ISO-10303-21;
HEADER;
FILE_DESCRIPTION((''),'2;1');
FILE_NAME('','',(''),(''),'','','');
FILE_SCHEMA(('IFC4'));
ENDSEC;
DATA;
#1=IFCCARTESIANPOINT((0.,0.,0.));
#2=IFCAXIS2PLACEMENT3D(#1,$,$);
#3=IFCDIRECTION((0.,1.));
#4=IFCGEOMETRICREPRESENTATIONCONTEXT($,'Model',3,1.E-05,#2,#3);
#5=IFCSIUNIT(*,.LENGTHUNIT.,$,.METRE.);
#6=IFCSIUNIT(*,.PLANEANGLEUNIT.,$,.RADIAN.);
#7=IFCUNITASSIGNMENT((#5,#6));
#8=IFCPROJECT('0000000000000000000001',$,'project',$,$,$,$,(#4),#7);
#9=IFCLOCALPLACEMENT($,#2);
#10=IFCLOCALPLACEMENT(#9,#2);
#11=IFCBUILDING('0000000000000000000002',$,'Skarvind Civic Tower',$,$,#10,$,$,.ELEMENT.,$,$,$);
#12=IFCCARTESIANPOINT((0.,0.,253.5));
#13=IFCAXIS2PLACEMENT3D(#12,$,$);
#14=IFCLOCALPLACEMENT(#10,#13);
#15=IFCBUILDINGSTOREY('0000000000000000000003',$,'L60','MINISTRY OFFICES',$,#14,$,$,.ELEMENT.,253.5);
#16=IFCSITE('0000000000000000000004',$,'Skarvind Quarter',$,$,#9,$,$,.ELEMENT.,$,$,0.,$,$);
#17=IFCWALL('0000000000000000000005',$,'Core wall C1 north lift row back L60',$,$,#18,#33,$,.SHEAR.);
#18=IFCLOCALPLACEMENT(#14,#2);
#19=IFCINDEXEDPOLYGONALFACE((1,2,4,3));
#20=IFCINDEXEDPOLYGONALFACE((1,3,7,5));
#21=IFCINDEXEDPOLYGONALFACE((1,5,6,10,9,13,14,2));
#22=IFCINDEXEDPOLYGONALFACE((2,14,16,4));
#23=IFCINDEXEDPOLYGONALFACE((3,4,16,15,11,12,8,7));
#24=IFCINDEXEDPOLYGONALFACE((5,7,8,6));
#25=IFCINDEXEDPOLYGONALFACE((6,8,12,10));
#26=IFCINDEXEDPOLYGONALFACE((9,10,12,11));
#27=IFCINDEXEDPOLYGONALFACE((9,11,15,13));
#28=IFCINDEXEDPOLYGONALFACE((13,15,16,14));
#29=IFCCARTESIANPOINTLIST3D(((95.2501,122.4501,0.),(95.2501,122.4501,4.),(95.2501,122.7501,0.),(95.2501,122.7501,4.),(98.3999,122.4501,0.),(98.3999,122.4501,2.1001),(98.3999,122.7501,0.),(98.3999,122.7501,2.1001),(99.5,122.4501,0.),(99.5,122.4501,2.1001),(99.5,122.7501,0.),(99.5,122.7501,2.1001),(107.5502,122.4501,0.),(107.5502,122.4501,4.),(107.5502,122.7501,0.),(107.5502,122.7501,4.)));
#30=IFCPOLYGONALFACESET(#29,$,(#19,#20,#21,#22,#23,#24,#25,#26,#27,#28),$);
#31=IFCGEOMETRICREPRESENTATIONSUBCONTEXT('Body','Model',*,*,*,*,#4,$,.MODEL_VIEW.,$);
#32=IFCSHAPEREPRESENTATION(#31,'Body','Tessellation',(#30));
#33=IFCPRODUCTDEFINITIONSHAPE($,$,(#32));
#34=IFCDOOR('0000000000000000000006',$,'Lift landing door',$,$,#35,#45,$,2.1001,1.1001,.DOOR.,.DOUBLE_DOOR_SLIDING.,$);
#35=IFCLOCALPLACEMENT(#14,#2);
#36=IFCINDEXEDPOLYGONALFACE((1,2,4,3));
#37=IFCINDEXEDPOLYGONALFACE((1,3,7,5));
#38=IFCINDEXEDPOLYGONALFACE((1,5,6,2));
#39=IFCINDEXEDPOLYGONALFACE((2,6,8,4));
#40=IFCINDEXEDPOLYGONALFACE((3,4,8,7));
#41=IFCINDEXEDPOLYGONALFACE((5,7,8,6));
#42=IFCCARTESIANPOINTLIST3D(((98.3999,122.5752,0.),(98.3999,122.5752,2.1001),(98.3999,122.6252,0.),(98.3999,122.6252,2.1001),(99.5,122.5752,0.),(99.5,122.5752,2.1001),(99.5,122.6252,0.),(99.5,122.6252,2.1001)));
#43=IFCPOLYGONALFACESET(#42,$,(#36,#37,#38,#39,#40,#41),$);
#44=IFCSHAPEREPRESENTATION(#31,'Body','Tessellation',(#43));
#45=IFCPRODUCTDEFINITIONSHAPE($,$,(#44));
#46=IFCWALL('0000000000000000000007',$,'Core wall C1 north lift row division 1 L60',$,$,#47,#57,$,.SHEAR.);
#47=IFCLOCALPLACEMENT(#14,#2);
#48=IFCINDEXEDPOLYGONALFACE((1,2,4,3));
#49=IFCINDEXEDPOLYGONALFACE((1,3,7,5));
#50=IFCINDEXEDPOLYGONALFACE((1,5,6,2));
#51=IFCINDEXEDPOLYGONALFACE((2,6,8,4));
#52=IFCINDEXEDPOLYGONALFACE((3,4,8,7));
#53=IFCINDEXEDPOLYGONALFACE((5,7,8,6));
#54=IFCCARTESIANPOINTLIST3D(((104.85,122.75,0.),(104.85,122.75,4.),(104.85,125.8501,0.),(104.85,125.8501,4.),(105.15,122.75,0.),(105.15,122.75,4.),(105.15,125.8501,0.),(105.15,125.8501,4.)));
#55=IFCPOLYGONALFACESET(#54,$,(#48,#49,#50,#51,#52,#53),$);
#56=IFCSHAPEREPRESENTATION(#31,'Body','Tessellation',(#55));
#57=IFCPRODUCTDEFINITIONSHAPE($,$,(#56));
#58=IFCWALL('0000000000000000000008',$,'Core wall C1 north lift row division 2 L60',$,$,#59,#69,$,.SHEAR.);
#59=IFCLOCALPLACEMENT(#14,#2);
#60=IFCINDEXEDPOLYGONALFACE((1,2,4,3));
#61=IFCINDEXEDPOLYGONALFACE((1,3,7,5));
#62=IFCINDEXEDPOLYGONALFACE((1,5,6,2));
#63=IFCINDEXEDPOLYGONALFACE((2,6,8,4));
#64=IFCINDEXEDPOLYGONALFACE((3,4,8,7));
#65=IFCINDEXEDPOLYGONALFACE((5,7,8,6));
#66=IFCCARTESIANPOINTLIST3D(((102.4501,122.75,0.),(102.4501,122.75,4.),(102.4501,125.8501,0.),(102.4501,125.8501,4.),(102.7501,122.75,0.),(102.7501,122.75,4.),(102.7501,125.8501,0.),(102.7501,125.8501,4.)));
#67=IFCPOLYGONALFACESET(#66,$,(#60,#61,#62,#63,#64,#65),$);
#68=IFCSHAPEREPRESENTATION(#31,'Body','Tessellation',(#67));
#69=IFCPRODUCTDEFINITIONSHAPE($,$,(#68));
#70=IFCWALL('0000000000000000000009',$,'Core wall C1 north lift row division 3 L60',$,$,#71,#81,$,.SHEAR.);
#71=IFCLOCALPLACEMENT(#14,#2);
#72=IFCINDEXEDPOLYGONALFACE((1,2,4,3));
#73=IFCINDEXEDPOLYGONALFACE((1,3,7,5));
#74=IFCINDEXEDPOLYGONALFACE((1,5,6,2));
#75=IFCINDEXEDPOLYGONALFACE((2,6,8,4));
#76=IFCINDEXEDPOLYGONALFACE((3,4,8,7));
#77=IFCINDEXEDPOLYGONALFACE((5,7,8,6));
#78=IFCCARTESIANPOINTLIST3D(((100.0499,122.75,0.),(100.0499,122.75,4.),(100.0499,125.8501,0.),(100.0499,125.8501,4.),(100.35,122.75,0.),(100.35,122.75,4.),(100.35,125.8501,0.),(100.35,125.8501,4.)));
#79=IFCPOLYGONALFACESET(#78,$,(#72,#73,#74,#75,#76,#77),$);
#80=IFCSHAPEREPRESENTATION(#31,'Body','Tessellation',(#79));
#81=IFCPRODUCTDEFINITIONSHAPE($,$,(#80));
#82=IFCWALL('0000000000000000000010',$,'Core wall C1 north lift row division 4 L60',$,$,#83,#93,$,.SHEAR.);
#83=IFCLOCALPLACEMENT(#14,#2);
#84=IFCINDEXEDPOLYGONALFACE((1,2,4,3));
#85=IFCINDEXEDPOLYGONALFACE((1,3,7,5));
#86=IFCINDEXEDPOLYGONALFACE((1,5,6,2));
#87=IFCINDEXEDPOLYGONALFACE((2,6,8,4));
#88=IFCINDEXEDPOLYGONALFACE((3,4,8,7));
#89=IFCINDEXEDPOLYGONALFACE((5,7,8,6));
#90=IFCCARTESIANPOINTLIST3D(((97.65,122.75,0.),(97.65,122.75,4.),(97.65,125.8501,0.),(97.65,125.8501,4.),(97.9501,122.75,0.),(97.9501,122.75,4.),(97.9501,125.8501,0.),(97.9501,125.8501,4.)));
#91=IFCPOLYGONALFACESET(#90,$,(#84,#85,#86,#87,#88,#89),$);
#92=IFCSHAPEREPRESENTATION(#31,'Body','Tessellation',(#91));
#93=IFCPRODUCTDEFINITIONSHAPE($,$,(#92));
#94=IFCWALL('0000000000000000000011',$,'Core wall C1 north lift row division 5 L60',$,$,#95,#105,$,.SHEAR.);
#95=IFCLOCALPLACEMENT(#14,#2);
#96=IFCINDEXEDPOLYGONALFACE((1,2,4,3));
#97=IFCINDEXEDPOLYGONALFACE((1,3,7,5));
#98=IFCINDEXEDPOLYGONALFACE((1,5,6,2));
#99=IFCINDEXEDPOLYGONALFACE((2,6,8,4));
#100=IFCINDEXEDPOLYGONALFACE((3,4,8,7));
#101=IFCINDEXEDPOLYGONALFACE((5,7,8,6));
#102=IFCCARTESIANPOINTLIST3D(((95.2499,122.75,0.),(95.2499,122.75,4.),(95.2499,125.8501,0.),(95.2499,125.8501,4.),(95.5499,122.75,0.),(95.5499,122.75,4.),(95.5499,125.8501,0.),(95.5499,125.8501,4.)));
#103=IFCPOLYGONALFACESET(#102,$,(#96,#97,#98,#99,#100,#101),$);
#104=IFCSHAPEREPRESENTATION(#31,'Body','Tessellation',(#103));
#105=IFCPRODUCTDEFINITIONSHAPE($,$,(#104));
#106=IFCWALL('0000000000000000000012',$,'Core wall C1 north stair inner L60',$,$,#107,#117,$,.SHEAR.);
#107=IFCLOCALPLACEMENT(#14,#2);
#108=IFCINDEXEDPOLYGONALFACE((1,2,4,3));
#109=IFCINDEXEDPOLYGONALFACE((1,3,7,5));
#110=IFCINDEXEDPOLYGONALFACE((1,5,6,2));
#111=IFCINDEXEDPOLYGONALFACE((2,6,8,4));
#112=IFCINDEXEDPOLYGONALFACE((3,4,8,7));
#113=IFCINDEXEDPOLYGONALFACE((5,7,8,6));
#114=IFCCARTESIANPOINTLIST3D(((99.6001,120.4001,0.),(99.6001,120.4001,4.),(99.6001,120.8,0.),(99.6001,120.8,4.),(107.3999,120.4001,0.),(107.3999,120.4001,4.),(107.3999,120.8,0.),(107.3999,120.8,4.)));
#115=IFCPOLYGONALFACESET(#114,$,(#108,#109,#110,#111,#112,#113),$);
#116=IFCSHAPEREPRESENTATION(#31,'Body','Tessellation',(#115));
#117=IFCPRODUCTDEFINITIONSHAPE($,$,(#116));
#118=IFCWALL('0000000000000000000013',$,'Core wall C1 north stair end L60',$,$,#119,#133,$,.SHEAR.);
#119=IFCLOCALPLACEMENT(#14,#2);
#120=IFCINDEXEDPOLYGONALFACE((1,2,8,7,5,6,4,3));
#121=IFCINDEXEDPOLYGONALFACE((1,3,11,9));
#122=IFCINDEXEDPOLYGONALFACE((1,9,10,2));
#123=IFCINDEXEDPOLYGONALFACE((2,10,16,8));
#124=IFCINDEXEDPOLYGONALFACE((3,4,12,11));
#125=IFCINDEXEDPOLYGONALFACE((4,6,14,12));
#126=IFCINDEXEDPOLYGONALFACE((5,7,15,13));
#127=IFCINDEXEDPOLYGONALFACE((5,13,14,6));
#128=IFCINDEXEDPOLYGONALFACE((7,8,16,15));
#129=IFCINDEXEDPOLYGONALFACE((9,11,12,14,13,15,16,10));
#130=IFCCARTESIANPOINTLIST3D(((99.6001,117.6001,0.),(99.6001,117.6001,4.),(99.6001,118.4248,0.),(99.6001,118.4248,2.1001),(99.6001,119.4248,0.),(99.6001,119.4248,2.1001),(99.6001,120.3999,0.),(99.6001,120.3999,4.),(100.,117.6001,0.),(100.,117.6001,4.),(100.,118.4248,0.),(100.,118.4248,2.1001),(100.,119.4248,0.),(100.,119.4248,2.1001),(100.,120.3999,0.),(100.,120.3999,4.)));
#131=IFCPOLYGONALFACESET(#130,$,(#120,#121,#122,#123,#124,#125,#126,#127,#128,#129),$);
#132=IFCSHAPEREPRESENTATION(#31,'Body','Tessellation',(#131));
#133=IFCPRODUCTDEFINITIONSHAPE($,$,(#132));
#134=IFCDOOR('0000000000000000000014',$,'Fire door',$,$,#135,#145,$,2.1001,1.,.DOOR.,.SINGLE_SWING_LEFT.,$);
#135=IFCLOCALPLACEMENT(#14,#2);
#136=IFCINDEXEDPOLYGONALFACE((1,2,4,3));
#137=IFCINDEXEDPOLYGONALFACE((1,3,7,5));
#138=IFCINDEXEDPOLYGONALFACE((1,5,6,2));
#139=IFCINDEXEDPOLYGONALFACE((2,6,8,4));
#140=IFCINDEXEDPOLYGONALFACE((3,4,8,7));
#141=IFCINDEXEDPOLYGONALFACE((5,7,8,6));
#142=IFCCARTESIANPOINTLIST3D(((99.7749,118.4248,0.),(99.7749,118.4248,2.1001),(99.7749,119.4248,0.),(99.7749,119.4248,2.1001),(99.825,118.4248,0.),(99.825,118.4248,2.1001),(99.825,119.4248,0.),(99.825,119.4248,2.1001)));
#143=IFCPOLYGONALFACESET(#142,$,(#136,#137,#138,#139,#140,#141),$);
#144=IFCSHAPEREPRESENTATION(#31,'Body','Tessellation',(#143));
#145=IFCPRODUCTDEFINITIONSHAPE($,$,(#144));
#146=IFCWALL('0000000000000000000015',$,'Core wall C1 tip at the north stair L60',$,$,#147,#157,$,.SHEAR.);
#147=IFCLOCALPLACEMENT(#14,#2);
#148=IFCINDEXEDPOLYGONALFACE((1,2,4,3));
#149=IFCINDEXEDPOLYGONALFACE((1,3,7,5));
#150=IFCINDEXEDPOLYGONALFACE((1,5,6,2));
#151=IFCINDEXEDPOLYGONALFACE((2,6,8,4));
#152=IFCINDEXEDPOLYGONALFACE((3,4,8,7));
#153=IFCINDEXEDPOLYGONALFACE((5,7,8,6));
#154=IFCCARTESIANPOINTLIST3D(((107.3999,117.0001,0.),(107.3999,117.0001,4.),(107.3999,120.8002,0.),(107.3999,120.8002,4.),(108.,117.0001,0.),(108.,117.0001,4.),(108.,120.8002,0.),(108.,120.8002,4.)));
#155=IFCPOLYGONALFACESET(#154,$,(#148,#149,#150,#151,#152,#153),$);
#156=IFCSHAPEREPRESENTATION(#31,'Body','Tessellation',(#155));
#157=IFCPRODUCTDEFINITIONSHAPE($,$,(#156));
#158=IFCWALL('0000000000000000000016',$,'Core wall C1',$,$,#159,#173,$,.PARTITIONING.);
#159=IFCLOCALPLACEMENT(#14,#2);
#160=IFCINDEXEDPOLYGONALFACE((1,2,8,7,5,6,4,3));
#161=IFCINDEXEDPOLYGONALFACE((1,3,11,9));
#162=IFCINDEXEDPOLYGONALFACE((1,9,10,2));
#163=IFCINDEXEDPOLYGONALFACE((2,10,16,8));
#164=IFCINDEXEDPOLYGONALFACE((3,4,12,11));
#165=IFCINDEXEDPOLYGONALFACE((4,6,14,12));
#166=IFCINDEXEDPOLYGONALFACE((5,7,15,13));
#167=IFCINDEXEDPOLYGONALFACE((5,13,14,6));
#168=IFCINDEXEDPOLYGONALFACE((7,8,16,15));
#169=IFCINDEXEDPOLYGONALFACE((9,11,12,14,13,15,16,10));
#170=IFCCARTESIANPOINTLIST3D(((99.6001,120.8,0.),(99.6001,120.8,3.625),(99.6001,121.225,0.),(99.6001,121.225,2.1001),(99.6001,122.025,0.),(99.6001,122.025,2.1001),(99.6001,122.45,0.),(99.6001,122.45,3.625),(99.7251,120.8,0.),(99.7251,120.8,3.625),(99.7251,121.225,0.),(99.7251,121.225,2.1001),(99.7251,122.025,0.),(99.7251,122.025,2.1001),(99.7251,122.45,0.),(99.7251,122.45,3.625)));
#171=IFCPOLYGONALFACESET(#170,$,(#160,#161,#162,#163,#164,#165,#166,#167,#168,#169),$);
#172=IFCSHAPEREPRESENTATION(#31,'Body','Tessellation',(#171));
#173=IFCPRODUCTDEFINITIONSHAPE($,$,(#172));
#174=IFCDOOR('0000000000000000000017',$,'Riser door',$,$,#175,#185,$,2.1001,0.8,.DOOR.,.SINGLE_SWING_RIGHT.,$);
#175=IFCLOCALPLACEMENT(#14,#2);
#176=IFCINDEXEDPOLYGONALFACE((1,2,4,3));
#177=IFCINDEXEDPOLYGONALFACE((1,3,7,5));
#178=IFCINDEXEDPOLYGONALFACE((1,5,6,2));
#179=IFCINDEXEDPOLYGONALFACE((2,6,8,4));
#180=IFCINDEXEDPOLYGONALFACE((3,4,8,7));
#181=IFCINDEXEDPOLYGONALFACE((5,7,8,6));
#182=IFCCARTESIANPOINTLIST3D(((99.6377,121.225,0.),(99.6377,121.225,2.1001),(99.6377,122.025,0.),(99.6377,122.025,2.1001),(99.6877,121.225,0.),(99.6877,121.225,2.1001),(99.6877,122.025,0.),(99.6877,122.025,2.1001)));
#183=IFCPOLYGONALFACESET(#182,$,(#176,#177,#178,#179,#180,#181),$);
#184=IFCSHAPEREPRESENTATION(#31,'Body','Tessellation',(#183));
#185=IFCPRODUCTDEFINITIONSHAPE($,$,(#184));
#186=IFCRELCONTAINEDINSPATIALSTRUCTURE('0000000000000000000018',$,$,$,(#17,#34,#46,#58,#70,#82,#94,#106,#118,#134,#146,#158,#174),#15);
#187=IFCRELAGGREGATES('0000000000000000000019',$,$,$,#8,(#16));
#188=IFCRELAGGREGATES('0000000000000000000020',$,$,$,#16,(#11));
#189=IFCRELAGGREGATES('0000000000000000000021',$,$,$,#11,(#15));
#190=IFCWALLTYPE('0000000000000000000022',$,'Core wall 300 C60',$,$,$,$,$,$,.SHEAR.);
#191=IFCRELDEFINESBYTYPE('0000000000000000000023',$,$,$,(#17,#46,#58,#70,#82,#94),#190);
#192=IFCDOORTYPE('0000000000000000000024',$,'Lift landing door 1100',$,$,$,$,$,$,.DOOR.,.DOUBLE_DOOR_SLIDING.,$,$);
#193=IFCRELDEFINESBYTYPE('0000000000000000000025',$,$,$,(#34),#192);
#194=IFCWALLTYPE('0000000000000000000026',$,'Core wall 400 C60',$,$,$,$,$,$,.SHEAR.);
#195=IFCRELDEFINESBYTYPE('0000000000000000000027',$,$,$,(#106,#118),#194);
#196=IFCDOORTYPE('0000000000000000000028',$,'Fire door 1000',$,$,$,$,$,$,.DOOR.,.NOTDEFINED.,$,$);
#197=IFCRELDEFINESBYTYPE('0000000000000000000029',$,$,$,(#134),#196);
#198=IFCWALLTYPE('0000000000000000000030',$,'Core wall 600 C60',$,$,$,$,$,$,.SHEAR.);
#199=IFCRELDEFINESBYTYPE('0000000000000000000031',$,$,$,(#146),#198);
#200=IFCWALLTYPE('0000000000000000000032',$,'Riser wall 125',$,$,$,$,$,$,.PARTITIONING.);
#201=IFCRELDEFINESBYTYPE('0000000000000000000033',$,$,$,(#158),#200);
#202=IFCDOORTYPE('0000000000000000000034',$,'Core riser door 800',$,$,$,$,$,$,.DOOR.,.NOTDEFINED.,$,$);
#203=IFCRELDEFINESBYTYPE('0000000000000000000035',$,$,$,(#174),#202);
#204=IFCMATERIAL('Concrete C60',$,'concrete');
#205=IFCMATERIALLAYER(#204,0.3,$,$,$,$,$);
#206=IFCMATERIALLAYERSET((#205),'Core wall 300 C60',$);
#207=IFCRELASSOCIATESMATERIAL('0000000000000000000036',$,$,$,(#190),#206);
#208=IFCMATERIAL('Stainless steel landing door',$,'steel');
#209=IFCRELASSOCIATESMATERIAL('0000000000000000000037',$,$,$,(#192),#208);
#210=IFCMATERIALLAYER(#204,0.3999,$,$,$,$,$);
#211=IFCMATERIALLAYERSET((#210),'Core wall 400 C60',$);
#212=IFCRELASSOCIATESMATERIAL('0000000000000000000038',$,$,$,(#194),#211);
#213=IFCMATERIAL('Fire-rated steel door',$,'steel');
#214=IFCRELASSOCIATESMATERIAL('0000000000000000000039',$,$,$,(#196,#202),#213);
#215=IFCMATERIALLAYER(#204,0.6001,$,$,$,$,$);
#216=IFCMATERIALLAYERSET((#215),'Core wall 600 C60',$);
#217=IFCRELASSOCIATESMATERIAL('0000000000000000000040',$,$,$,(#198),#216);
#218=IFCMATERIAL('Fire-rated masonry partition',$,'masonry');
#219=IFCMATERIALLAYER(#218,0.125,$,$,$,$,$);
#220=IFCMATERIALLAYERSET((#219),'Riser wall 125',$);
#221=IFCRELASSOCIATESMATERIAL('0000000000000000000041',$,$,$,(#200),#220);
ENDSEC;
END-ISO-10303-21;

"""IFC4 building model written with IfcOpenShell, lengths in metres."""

from ifc_helpers import new_model, si_unit, direction, frame, frame_2d, origin, place, context, subcontext, project, spatial, rectangle, extrude, material, layer, layer_set, type_object, element, fill, save


model = new_model("IFC4")

# Units and contexts
model_context = context("Model", 3, precision=1e-05, world=origin(), true_north=direction((0.0, 1.0)))
body_context = subcontext(model_context, "Body", "Model", "MODEL_VIEW")
ifc_project = project(units=[si_unit("LENGTHUNIT", "METRE"), si_unit("PLANEANGLEUNIT", "RADIAN")], contexts=[model_context])

# Site, building, storey
site_placement = place(None, origin())
site = spatial("IfcSite", under=ifc_project, at=site_placement, Name="Skarvind Quarter", CompositionType="ELEMENT", RefElevation=0.0)
building_placement = place(site_placement, origin())
building = spatial("IfcBuilding", under=site, at=building_placement, Name="Skarvind Civic Tower", CompositionType="ELEMENT")
storey_placement = place(building_placement, frame((0.0, 0.0, 253.5)))
storey = spatial("IfcBuildingStorey", under=building, at=storey_placement, Name="L60", Description="MINISTRY OFFICES", CompositionType="ELEMENT", Elevation=253.5)

# Shared definitions
ifc_material_1 = material(Name="Concrete C60", Category="concrete")

# Shared definitions
ifc_material_2 = material(Name="Fire-rated masonry partition", Category="masonry")
ifc_material_3 = material(Name="Fire-rated steel door", Category="steel")

# Shared definitions
ifc_layer_1 = layer(ifc_material_1, 0.3)
ifc_layer_set_1 = layer_set([ifc_layer_1], Name="Core wall 300 C60")
wall_type_1 = type_object("IfcWallType", Name="Core wall 300 C60", PredefinedType="SHEAR", material=ifc_layer_set_1)
ifc_material_4 = material(Name="Stainless steel landing door", Category="steel")
door_type_1 = type_object("IfcDoorType", Name="Lift landing door 1100", OperationType="DOUBLE_DOOR_SLIDING", PredefinedType="DOOR", material=ifc_material_4)

# Wall, opening, door
wall_1_placement = place(storey_placement, frame((107.55, 122.6001, 0.0), z_axis=(0.0, 0.0, 1.0), x_axis=(-1.0, 0.0, 0.0)))
wall_1 = element("IfcWall", 1, at=wall_1_placement, inside=storey, type_object=wall_type_1, Name="Core wall C1 north lift row back L60", PredefinedType="SHEAR", context=body_context, shape_type="SweptSolid", body=[
    extrude(rectangle(XDim=12.3, YDim=0.3, at=frame_2d((6.1499, 0.0))), origin(), (0.0, 0.0, 1.0), 4.0),
])
opening_1_placement = place(wall_1_placement, frame((8.05, 0.0, 0.0)))
opening_1 = element("IfcOpeningElement", 2, at=opening_1_placement, cuts=wall_1, PredefinedType="OPENING", context=body_context, shape_type="SweptSolid", body=[
    extrude(rectangle(XDim=1.1001, YDim=2.1001, at=frame_2d((0.55, 1.05))), frame((0.0, 0.1599, 0.0), z_axis=(0.0, -1.0, 0.0), x_axis=(1.0, 0.0, 0.0)), (0.0, 0.0, 1.0), 0.3201),
])
door_1_placement = place(opening_1_placement, origin())
door_1 = element("IfcDoor", 3, at=door_1_placement, inside=storey, type_object=door_type_1, Name="Lift landing door", OperationType="DOUBLE_DOOR_SLIDING", OverallHeight=2.1001, OverallWidth=1.1001, PredefinedType="DOOR", context=body_context, shape_type="SweptSolid", body=[
    extrude(rectangle(XDim=1.1001, YDim=2.1001, at=frame_2d((0.55, 1.05))), frame((0.0, 0.0249, 0.0), z_axis=(0.0, -1.0, 0.0), x_axis=(1.0, 0.0, 0.0)), (0.0, 0.0, 1.0), 0.05),
])
fill(opening_1, door_1)

# Walls
for number, where, z_axis, x_axis, name in (
    (4, (105.0, 125.8501, 0.0), (0.0, 0.0, 1.0), (0.0, -1.0, 0.0), "Core wall C1 north lift row division 1 L60"),
    (5, (102.6001, 125.8501, 0.0), (0.0, 0.0, 1.0), (0.0, -1.0, 0.0), "Core wall C1 north lift row division 2 L60"),
    (6, (100.2, 125.8501, 0.0), (0.0, 0.0, 1.0), (0.0, -1.0, 0.0), "Core wall C1 north lift row division 3 L60"),
    (7, (97.8, 125.8501, 0.0), (0.0, 0.0, 1.0), (0.0, -1.0, 0.0), "Core wall C1 north lift row division 4 L60"),
    (8, (95.3999, 125.8501, 0.0), (0.0, 0.0, 1.0), (0.0, -1.0, 0.0), "Core wall C1 north lift row division 5 L60"),
):
    element("IfcWall", number, at=place(storey_placement, frame(where, z_axis=z_axis, x_axis=x_axis)), inside=storey, type_object=wall_type_1, Name=name, PredefinedType="SHEAR", context=body_context, shape_type="SweptSolid", body=[
        extrude(rectangle(XDim=3.1001, YDim=0.3, at=frame_2d((1.55, 0.0))), origin(), (0.0, 0.0, 1.0), 4.0),
    ])
ifc_layer_2 = layer(ifc_material_1, 0.3999)
ifc_layer_set_2 = layer_set([ifc_layer_2], Name="Core wall 400 C60")
wall_type_2 = type_object("IfcWallType", Name="Core wall 400 C60", PredefinedType="SHEAR", material=ifc_layer_set_2)
wall_2_placement = place(storey_placement, frame((107.3999, 120.6001, 0.0), z_axis=(0.0, 0.0, 1.0), x_axis=(-1.0, 0.0, 0.0)))
element("IfcWall", 9, at=wall_2_placement, inside=storey, type_object=wall_type_2, Name="Core wall C1 north stair inner L60", PredefinedType="SHEAR", context=body_context, shape_type="SweptSolid", body=[
    extrude(rectangle(XDim=7.7998, YDim=0.3999, at=frame_2d((3.8999, 0.0))), origin(), (0.0, 0.0, 1.0), 4.0),
])

# Wall, opening, door
wall_3_placement = place(storey_placement, frame((99.8, 120.3999, 0.0), z_axis=(0.0, 0.0, 1.0), x_axis=(0.0, -1.0, 0.0)))
wall_3 = element("IfcWall", 10, at=wall_3_placement, inside=storey, type_object=wall_type_2, Name="Core wall C1 north stair end L60", PredefinedType="SHEAR", context=body_context, shape_type="SweptSolid", body=[
    extrude(rectangle(XDim=2.7998, YDim=0.3999, at=frame_2d((1.3999, 0.0))), origin(), (0.0, 0.0, 1.0), 4.0),
])
opening_2_placement = place(wall_3_placement, frame((0.9751, 0.0, 0.0)))
opening_2 = element("IfcOpeningElement", 11, at=opening_2_placement, cuts=wall_3, PredefinedType="OPENING", context=body_context, shape_type="SweptSolid", body=[
    extrude(rectangle(XDim=1.0, YDim=2.1001, at=frame_2d((0.5, 1.05))), frame((0.0, 0.21, 0.0), z_axis=(0.0, -1.0, 0.0), x_axis=(1.0, 0.0, 0.0)), (0.0, 0.0, 1.0), 0.4199),
])
door_type_2 = type_object("IfcDoorType", Name="Fire door 1000", OperationType="NOTDEFINED", PredefinedType="DOOR", material=ifc_material_3)
door_2_placement = place(opening_2_placement, origin())
door_2 = element("IfcDoor", 12, at=door_2_placement, inside=storey, type_object=door_type_2, Name="Fire door", OperationType="SINGLE_SWING_LEFT", OverallHeight=2.1001, OverallWidth=1.0, PredefinedType="DOOR", context=body_context, shape_type="SweptSolid", body=[
    extrude(rectangle(XDim=1.0, YDim=2.1001, at=frame_2d((0.5, 1.05))), frame((0.0, 0.0249, 0.0), z_axis=(0.0, -1.0, 0.0), x_axis=(1.0, 0.0, 0.0)), (0.0, 0.0, 1.0), 0.05),
])
fill(opening_2, door_2)

# Wall
ifc_layer_3 = layer(ifc_material_1, 0.6001)
ifc_layer_set_3 = layer_set([ifc_layer_3], Name="Core wall 600 C60")
wall_type_3 = type_object("IfcWallType", Name="Core wall 600 C60", PredefinedType="SHEAR", material=ifc_layer_set_3)
wall_4_placement = place(storey_placement, frame((107.7, 120.8, 0.0), z_axis=(0.0, 0.0, 1.0), x_axis=(0.0, -1.0, 0.0)))
element("IfcWall", 13, at=wall_4_placement, inside=storey, type_object=wall_type_3, Name="Core wall C1 tip at the north stair L60", PredefinedType="SHEAR", context=body_context, shape_type="SweptSolid", body=[
    extrude(rectangle(XDim=3.8, YDim=0.6001, at=frame_2d((1.8999, 0.0))), origin(), (0.0, 0.0, 1.0), 4.0),
])

# Wall, opening, door
ifc_layer_4 = layer(ifc_material_2, 0.125)
ifc_layer_set_4 = layer_set([ifc_layer_4], Name="Riser wall 125")
wall_type_4 = type_object("IfcWallType", Name="Riser wall 125", PredefinedType="PARTITIONING", material=ifc_layer_set_4)
wall_5_placement = place(storey_placement, frame((99.6626, 120.8, 0.0), z_axis=(0.0, 0.0, 1.0), x_axis=(0.0, 1.0, 0.0)))
wall_5 = element("IfcWall", 14, at=wall_5_placement, inside=storey, type_object=wall_type_4, Name="Core wall C1", PredefinedType="PARTITIONING", context=body_context, shape_type="SweptSolid", body=[
    extrude(rectangle(XDim=1.6499, YDim=0.125, at=frame_2d((0.825, 0.0))), origin(), (0.0, 0.0, 1.0), 3.625),
])
opening_3_placement = place(wall_5_placement, frame((0.425, 0.0, 0.0)))
opening_3 = element("IfcOpeningElement", 15, at=opening_3_placement, cuts=wall_5, PredefinedType="OPENING", context=body_context, shape_type="SweptSolid", body=[
    extrude(rectangle(XDim=0.8, YDim=2.1001, at=frame_2d((0.3999, 1.05))), frame((0.0, 0.0725, 0.0), z_axis=(0.0, -1.0, 0.0), x_axis=(1.0, 0.0, 0.0)), (0.0, 0.0, 1.0), 0.145),
])
door_type_3 = type_object("IfcDoorType", Name="Core riser door 800", OperationType="NOTDEFINED", PredefinedType="DOOR", material=ifc_material_3)
door_3_placement = place(opening_3_placement, origin())
door_3 = element("IfcDoor", 16, at=door_3_placement, inside=storey, type_object=door_type_3, Name="Riser door", OperationType="SINGLE_SWING_RIGHT", OverallHeight=2.1001, OverallWidth=0.8, PredefinedType="DOOR", context=body_context, shape_type="SweptSolid", body=[
    extrude(rectangle(XDim=0.8, YDim=2.1001, at=frame_2d((0.3999, 1.05))), frame((0.0, 0.0249, 0.0), z_axis=(0.0, -1.0, 0.0), x_axis=(1.0, 0.0, 0.0)), (0.0, 0.0, 1.0), 0.05),
])
fill(opening_3, door_3)

save(model, "model.ifc")
